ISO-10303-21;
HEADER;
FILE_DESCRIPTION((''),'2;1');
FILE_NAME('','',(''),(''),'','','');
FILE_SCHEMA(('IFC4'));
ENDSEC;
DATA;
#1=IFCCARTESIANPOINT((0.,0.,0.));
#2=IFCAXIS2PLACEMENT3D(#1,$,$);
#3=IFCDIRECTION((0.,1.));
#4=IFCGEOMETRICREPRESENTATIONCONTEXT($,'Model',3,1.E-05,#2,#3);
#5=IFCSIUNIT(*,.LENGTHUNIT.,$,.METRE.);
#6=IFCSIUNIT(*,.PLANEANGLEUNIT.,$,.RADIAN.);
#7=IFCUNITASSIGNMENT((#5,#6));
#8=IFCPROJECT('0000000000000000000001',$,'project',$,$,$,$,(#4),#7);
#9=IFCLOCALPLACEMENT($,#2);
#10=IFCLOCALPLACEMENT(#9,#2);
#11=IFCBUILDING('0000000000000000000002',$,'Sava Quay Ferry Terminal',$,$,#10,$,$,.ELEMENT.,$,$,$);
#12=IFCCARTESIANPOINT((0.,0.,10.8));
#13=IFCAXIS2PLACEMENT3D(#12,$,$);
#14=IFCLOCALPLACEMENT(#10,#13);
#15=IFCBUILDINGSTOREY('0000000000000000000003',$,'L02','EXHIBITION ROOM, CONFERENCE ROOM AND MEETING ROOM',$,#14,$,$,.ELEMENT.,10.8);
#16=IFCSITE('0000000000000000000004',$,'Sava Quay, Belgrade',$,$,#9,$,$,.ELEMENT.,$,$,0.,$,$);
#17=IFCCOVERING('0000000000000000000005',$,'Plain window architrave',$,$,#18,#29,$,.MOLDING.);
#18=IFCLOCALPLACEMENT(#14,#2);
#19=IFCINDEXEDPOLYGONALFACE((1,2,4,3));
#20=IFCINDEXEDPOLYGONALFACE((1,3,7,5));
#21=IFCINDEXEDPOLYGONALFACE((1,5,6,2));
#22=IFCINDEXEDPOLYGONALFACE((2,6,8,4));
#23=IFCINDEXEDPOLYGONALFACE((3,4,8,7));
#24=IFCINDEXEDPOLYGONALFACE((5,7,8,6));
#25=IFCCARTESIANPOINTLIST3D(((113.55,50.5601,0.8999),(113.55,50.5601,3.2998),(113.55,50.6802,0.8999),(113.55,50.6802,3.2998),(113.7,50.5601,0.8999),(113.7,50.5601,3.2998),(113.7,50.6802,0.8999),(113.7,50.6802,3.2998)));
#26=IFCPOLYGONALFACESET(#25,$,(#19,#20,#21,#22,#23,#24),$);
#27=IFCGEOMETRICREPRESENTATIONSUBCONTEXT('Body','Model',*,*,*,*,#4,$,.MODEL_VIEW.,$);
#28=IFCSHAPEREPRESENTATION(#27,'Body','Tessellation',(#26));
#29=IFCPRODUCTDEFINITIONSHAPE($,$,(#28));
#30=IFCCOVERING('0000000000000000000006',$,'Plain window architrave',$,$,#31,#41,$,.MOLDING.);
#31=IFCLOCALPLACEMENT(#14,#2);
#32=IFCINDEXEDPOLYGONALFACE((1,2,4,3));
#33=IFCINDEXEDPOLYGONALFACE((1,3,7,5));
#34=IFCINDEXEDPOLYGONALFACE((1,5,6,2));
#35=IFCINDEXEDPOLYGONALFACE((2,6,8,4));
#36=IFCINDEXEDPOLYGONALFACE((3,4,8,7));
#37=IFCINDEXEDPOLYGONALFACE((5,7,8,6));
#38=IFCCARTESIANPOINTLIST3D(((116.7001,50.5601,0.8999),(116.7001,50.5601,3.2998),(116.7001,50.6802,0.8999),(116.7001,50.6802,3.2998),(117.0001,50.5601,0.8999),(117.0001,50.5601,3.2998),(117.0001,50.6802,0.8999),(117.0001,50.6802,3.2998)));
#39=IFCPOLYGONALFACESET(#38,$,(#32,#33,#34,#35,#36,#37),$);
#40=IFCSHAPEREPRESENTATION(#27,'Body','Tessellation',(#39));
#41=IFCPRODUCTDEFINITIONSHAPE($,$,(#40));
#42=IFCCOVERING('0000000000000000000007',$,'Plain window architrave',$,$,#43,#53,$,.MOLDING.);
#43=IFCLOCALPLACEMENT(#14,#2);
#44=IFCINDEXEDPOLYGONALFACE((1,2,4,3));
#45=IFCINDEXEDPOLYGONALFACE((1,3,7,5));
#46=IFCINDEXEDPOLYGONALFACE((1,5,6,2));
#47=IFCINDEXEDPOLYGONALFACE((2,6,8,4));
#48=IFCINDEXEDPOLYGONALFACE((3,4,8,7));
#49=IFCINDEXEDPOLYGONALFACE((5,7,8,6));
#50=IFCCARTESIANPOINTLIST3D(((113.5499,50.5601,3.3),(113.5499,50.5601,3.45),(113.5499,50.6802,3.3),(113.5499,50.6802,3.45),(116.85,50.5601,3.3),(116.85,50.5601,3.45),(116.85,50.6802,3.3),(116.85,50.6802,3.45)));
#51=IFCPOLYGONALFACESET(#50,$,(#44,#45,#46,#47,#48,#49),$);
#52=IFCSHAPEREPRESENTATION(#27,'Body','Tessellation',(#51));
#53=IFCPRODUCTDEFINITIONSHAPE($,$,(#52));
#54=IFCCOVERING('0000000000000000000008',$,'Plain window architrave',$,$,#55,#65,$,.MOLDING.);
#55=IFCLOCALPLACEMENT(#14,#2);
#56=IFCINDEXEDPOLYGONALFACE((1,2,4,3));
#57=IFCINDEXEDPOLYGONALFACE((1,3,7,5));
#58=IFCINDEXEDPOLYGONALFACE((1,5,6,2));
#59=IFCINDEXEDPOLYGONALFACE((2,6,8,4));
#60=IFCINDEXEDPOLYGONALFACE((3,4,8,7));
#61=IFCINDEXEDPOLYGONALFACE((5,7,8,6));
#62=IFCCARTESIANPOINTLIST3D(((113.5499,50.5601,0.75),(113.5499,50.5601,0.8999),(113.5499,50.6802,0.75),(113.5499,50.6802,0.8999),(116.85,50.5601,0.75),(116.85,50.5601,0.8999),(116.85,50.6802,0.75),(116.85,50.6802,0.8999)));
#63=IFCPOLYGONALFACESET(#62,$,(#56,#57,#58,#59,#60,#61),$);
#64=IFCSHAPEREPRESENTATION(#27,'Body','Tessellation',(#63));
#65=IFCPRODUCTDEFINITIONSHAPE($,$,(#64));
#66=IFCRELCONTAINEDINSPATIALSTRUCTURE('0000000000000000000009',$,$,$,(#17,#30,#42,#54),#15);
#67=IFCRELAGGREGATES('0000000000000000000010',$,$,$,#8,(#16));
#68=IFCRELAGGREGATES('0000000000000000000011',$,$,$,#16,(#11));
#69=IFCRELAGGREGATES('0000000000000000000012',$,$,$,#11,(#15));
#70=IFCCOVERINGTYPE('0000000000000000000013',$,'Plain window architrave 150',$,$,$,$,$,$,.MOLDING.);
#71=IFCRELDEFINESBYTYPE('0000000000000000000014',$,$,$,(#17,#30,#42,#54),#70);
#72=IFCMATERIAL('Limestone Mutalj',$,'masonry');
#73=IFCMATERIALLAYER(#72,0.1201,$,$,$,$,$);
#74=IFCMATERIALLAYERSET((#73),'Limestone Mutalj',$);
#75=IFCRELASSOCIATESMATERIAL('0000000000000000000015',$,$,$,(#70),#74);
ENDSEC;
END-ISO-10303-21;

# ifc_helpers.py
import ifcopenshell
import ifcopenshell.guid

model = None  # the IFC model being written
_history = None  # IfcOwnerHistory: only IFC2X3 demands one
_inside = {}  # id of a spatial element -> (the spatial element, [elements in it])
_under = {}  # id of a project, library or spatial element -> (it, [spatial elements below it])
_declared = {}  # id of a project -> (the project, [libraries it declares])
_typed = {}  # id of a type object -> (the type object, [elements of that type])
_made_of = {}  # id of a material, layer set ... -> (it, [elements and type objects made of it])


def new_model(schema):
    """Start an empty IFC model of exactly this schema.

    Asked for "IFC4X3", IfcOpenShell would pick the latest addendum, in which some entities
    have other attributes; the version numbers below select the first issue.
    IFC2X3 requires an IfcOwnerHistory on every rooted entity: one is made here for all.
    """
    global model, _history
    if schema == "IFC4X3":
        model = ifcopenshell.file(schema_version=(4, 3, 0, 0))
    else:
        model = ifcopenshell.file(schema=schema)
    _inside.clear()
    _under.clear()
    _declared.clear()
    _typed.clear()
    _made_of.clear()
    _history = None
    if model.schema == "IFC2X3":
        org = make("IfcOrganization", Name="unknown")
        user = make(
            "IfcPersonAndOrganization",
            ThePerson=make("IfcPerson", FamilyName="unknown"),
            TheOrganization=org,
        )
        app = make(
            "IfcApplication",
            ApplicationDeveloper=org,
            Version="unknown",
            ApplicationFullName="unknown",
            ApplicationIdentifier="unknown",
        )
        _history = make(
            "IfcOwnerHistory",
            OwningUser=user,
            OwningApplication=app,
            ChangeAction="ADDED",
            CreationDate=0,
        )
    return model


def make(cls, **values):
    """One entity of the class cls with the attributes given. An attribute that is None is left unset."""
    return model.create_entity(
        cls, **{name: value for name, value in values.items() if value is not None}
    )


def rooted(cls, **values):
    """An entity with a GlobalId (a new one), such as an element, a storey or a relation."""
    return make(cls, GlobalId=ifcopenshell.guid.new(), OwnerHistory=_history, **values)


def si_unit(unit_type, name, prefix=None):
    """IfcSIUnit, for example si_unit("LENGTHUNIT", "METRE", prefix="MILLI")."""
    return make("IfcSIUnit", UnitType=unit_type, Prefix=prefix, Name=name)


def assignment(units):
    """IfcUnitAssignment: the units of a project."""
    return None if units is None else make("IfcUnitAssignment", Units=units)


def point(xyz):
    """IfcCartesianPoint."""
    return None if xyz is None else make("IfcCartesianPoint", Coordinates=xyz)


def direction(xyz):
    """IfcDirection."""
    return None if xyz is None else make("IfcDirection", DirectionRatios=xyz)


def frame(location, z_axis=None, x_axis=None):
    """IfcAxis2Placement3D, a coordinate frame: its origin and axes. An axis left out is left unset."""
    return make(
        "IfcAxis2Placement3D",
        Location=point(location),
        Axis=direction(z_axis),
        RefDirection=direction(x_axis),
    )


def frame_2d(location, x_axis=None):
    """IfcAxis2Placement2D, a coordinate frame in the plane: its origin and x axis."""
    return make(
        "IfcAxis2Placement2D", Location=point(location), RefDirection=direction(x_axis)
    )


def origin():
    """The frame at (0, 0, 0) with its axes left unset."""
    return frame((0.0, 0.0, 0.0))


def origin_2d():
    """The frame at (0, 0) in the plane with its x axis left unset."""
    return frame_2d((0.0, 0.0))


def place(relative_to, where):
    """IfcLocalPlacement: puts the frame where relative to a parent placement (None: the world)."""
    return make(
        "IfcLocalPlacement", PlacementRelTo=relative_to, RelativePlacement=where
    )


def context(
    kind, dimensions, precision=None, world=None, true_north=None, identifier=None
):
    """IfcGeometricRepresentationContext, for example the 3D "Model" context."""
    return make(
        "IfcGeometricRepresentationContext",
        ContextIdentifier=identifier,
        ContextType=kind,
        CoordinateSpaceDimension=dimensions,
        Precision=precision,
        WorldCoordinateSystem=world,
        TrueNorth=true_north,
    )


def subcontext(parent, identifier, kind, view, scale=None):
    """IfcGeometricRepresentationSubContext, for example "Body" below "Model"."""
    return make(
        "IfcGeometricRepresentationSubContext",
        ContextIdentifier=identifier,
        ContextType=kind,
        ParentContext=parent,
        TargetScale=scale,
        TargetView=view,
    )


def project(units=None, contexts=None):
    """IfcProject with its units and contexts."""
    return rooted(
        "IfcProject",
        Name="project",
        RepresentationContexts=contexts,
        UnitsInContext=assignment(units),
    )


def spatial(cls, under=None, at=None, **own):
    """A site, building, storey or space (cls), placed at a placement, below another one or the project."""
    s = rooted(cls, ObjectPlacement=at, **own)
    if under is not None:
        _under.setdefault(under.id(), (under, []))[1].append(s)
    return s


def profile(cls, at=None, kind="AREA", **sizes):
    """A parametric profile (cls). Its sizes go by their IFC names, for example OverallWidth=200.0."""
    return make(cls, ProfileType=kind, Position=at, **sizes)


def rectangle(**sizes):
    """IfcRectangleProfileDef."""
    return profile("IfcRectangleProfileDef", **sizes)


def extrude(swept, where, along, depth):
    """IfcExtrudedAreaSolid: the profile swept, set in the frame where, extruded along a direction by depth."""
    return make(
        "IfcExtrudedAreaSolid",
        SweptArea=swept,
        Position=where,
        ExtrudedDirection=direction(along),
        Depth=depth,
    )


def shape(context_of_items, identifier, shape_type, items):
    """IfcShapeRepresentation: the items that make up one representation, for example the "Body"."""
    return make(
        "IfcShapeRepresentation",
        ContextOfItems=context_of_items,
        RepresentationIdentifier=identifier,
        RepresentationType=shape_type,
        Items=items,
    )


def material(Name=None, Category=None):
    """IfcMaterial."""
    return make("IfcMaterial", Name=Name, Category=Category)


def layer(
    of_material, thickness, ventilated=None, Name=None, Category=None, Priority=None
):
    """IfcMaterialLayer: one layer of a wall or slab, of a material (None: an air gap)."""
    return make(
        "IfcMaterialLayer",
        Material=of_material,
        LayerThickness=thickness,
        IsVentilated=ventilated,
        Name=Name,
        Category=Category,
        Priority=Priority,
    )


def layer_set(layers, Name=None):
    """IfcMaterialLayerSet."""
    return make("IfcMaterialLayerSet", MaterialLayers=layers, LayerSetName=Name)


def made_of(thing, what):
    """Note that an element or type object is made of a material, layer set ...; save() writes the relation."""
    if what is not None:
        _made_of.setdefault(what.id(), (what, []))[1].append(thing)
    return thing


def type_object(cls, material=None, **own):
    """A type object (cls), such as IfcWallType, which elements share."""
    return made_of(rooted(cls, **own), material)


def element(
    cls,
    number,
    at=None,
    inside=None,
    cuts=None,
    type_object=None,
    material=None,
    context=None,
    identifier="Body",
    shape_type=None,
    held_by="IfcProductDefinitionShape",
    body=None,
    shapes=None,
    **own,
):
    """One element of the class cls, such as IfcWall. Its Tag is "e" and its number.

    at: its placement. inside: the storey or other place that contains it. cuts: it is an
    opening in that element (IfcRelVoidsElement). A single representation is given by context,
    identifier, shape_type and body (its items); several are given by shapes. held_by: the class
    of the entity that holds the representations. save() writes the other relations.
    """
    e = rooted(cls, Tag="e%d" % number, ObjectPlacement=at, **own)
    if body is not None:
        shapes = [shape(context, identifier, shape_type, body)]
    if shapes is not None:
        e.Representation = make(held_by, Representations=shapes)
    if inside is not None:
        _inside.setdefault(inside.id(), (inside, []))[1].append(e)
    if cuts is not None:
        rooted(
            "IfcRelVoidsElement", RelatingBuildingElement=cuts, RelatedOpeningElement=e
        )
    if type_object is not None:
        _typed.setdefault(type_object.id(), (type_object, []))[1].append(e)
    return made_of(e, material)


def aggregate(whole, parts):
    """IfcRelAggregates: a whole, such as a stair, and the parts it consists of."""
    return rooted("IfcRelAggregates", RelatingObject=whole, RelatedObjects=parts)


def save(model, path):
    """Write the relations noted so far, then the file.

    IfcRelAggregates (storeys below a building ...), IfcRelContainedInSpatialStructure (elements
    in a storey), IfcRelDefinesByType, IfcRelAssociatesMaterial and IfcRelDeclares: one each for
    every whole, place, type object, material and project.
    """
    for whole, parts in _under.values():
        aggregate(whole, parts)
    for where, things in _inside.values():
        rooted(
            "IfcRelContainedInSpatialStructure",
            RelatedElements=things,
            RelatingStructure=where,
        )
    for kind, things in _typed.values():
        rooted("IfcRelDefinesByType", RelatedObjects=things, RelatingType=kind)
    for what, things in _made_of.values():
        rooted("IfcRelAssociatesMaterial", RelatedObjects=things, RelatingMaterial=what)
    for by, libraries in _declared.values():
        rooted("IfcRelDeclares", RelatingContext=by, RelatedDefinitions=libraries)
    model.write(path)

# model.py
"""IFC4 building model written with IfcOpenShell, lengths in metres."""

from ifc_helpers import new_model, si_unit, direction, frame, origin, origin_2d, place, context, subcontext, project, spatial, rectangle, extrude, material, layer, layer_set, type_object, element, save


model = new_model("IFC4")

# Units and contexts
model_context = context("Model", 3, precision=1e-05, world=origin(), true_north=direction((0.0, 1.0)))
body_context = subcontext(model_context, "Body", "Model", "MODEL_VIEW")
ifc_project = project(units=[si_unit("LENGTHUNIT", "METRE"), si_unit("PLANEANGLEUNIT", "RADIAN")], contexts=[model_context])

# Site, building, storey
site_placement = place(None, origin())
site = spatial("IfcSite", under=ifc_project, at=site_placement, Name="Sava Quay, Belgrade", CompositionType="ELEMENT", RefElevation=0.0)
building_placement = place(site_placement, origin())
building = spatial("IfcBuilding", under=site, at=building_placement, Name="Sava Quay Ferry Terminal", CompositionType="ELEMENT")
storey_placement = place(building_placement, frame((0.0, 0.0, 10.8)))
storey = spatial("IfcBuildingStorey", under=building, at=storey_placement, Name="L02", Description="EXHIBITION ROOM, CONFERENCE ROOM AND MEETING ROOM", CompositionType="ELEMENT", Elevation=10.8)

# Coverings
ifc_material_1 = material(Name="Limestone Mutalj", Category="masonry")
ifc_layer_1 = layer(ifc_material_1, 0.1201)
ifc_layer_set_1 = layer_set([ifc_layer_1], Name="Limestone Mutalj")
covering_type_1 = type_object("IfcCoveringType", Name="Plain window architrave 150", PredefinedType="MOLDING", material=ifc_layer_set_1)
covering_1_placement = place(storey_placement, frame((113.625, 50.6201, 0.8999), z_axis=(0.0, 0.0, 1.0), x_axis=(1.0, 0.0, 0.0)))
element("IfcCovering", 1, at=covering_1_placement, inside=storey, type_object=covering_type_1, Name="Plain window architrave", PredefinedType="MOLDING", context=body_context, shape_type="SweptSolid", body=[
    extrude(rectangle(XDim=0.1499, YDim=0.1201, at=origin_2d()), origin(), (0.0, 0.0, 1.0), 2.3999),
])
covering_2_placement = place(storey_placement, frame((116.8501, 50.6201, 0.8999), z_axis=(0.0, 0.0, 1.0), x_axis=(1.0, 0.0, 0.0)))
element("IfcCovering", 2, at=covering_2_placement, inside=storey, type_object=covering_type_1, Name="Plain window architrave", PredefinedType="MOLDING", context=body_context, shape_type="SweptSolid", body=[
    extrude(rectangle(XDim=0.3, YDim=0.1201, at=origin_2d()), origin(), (0.0, 0.0, 1.0), 2.3999),
])
for number, where, z_axis, x_axis, name in (
    (3, (115.2, 50.6201, 3.3), (0.0, 0.0, 1.0), (1.0, 0.0, 0.0), "Plain window architrave"),
    (4, (115.2, 50.6201, 0.75), (0.0, 0.0, 1.0), (1.0, 0.0, 0.0), "Plain window architrave"),
):
    element("IfcCovering", number, at=place(storey_placement, frame(where, z_axis=z_axis, x_axis=x_axis)), inside=storey, type_object=covering_type_1, Name=name, PredefinedType="MOLDING", context=body_context, shape_type="SweptSolid", body=[
        extrude(rectangle(XDim=3.3, YDim=0.1201, at=origin_2d()), origin(), (0.0, 0.0, 1.0), 0.1499),
    ])

save(model, "model.ifc")
